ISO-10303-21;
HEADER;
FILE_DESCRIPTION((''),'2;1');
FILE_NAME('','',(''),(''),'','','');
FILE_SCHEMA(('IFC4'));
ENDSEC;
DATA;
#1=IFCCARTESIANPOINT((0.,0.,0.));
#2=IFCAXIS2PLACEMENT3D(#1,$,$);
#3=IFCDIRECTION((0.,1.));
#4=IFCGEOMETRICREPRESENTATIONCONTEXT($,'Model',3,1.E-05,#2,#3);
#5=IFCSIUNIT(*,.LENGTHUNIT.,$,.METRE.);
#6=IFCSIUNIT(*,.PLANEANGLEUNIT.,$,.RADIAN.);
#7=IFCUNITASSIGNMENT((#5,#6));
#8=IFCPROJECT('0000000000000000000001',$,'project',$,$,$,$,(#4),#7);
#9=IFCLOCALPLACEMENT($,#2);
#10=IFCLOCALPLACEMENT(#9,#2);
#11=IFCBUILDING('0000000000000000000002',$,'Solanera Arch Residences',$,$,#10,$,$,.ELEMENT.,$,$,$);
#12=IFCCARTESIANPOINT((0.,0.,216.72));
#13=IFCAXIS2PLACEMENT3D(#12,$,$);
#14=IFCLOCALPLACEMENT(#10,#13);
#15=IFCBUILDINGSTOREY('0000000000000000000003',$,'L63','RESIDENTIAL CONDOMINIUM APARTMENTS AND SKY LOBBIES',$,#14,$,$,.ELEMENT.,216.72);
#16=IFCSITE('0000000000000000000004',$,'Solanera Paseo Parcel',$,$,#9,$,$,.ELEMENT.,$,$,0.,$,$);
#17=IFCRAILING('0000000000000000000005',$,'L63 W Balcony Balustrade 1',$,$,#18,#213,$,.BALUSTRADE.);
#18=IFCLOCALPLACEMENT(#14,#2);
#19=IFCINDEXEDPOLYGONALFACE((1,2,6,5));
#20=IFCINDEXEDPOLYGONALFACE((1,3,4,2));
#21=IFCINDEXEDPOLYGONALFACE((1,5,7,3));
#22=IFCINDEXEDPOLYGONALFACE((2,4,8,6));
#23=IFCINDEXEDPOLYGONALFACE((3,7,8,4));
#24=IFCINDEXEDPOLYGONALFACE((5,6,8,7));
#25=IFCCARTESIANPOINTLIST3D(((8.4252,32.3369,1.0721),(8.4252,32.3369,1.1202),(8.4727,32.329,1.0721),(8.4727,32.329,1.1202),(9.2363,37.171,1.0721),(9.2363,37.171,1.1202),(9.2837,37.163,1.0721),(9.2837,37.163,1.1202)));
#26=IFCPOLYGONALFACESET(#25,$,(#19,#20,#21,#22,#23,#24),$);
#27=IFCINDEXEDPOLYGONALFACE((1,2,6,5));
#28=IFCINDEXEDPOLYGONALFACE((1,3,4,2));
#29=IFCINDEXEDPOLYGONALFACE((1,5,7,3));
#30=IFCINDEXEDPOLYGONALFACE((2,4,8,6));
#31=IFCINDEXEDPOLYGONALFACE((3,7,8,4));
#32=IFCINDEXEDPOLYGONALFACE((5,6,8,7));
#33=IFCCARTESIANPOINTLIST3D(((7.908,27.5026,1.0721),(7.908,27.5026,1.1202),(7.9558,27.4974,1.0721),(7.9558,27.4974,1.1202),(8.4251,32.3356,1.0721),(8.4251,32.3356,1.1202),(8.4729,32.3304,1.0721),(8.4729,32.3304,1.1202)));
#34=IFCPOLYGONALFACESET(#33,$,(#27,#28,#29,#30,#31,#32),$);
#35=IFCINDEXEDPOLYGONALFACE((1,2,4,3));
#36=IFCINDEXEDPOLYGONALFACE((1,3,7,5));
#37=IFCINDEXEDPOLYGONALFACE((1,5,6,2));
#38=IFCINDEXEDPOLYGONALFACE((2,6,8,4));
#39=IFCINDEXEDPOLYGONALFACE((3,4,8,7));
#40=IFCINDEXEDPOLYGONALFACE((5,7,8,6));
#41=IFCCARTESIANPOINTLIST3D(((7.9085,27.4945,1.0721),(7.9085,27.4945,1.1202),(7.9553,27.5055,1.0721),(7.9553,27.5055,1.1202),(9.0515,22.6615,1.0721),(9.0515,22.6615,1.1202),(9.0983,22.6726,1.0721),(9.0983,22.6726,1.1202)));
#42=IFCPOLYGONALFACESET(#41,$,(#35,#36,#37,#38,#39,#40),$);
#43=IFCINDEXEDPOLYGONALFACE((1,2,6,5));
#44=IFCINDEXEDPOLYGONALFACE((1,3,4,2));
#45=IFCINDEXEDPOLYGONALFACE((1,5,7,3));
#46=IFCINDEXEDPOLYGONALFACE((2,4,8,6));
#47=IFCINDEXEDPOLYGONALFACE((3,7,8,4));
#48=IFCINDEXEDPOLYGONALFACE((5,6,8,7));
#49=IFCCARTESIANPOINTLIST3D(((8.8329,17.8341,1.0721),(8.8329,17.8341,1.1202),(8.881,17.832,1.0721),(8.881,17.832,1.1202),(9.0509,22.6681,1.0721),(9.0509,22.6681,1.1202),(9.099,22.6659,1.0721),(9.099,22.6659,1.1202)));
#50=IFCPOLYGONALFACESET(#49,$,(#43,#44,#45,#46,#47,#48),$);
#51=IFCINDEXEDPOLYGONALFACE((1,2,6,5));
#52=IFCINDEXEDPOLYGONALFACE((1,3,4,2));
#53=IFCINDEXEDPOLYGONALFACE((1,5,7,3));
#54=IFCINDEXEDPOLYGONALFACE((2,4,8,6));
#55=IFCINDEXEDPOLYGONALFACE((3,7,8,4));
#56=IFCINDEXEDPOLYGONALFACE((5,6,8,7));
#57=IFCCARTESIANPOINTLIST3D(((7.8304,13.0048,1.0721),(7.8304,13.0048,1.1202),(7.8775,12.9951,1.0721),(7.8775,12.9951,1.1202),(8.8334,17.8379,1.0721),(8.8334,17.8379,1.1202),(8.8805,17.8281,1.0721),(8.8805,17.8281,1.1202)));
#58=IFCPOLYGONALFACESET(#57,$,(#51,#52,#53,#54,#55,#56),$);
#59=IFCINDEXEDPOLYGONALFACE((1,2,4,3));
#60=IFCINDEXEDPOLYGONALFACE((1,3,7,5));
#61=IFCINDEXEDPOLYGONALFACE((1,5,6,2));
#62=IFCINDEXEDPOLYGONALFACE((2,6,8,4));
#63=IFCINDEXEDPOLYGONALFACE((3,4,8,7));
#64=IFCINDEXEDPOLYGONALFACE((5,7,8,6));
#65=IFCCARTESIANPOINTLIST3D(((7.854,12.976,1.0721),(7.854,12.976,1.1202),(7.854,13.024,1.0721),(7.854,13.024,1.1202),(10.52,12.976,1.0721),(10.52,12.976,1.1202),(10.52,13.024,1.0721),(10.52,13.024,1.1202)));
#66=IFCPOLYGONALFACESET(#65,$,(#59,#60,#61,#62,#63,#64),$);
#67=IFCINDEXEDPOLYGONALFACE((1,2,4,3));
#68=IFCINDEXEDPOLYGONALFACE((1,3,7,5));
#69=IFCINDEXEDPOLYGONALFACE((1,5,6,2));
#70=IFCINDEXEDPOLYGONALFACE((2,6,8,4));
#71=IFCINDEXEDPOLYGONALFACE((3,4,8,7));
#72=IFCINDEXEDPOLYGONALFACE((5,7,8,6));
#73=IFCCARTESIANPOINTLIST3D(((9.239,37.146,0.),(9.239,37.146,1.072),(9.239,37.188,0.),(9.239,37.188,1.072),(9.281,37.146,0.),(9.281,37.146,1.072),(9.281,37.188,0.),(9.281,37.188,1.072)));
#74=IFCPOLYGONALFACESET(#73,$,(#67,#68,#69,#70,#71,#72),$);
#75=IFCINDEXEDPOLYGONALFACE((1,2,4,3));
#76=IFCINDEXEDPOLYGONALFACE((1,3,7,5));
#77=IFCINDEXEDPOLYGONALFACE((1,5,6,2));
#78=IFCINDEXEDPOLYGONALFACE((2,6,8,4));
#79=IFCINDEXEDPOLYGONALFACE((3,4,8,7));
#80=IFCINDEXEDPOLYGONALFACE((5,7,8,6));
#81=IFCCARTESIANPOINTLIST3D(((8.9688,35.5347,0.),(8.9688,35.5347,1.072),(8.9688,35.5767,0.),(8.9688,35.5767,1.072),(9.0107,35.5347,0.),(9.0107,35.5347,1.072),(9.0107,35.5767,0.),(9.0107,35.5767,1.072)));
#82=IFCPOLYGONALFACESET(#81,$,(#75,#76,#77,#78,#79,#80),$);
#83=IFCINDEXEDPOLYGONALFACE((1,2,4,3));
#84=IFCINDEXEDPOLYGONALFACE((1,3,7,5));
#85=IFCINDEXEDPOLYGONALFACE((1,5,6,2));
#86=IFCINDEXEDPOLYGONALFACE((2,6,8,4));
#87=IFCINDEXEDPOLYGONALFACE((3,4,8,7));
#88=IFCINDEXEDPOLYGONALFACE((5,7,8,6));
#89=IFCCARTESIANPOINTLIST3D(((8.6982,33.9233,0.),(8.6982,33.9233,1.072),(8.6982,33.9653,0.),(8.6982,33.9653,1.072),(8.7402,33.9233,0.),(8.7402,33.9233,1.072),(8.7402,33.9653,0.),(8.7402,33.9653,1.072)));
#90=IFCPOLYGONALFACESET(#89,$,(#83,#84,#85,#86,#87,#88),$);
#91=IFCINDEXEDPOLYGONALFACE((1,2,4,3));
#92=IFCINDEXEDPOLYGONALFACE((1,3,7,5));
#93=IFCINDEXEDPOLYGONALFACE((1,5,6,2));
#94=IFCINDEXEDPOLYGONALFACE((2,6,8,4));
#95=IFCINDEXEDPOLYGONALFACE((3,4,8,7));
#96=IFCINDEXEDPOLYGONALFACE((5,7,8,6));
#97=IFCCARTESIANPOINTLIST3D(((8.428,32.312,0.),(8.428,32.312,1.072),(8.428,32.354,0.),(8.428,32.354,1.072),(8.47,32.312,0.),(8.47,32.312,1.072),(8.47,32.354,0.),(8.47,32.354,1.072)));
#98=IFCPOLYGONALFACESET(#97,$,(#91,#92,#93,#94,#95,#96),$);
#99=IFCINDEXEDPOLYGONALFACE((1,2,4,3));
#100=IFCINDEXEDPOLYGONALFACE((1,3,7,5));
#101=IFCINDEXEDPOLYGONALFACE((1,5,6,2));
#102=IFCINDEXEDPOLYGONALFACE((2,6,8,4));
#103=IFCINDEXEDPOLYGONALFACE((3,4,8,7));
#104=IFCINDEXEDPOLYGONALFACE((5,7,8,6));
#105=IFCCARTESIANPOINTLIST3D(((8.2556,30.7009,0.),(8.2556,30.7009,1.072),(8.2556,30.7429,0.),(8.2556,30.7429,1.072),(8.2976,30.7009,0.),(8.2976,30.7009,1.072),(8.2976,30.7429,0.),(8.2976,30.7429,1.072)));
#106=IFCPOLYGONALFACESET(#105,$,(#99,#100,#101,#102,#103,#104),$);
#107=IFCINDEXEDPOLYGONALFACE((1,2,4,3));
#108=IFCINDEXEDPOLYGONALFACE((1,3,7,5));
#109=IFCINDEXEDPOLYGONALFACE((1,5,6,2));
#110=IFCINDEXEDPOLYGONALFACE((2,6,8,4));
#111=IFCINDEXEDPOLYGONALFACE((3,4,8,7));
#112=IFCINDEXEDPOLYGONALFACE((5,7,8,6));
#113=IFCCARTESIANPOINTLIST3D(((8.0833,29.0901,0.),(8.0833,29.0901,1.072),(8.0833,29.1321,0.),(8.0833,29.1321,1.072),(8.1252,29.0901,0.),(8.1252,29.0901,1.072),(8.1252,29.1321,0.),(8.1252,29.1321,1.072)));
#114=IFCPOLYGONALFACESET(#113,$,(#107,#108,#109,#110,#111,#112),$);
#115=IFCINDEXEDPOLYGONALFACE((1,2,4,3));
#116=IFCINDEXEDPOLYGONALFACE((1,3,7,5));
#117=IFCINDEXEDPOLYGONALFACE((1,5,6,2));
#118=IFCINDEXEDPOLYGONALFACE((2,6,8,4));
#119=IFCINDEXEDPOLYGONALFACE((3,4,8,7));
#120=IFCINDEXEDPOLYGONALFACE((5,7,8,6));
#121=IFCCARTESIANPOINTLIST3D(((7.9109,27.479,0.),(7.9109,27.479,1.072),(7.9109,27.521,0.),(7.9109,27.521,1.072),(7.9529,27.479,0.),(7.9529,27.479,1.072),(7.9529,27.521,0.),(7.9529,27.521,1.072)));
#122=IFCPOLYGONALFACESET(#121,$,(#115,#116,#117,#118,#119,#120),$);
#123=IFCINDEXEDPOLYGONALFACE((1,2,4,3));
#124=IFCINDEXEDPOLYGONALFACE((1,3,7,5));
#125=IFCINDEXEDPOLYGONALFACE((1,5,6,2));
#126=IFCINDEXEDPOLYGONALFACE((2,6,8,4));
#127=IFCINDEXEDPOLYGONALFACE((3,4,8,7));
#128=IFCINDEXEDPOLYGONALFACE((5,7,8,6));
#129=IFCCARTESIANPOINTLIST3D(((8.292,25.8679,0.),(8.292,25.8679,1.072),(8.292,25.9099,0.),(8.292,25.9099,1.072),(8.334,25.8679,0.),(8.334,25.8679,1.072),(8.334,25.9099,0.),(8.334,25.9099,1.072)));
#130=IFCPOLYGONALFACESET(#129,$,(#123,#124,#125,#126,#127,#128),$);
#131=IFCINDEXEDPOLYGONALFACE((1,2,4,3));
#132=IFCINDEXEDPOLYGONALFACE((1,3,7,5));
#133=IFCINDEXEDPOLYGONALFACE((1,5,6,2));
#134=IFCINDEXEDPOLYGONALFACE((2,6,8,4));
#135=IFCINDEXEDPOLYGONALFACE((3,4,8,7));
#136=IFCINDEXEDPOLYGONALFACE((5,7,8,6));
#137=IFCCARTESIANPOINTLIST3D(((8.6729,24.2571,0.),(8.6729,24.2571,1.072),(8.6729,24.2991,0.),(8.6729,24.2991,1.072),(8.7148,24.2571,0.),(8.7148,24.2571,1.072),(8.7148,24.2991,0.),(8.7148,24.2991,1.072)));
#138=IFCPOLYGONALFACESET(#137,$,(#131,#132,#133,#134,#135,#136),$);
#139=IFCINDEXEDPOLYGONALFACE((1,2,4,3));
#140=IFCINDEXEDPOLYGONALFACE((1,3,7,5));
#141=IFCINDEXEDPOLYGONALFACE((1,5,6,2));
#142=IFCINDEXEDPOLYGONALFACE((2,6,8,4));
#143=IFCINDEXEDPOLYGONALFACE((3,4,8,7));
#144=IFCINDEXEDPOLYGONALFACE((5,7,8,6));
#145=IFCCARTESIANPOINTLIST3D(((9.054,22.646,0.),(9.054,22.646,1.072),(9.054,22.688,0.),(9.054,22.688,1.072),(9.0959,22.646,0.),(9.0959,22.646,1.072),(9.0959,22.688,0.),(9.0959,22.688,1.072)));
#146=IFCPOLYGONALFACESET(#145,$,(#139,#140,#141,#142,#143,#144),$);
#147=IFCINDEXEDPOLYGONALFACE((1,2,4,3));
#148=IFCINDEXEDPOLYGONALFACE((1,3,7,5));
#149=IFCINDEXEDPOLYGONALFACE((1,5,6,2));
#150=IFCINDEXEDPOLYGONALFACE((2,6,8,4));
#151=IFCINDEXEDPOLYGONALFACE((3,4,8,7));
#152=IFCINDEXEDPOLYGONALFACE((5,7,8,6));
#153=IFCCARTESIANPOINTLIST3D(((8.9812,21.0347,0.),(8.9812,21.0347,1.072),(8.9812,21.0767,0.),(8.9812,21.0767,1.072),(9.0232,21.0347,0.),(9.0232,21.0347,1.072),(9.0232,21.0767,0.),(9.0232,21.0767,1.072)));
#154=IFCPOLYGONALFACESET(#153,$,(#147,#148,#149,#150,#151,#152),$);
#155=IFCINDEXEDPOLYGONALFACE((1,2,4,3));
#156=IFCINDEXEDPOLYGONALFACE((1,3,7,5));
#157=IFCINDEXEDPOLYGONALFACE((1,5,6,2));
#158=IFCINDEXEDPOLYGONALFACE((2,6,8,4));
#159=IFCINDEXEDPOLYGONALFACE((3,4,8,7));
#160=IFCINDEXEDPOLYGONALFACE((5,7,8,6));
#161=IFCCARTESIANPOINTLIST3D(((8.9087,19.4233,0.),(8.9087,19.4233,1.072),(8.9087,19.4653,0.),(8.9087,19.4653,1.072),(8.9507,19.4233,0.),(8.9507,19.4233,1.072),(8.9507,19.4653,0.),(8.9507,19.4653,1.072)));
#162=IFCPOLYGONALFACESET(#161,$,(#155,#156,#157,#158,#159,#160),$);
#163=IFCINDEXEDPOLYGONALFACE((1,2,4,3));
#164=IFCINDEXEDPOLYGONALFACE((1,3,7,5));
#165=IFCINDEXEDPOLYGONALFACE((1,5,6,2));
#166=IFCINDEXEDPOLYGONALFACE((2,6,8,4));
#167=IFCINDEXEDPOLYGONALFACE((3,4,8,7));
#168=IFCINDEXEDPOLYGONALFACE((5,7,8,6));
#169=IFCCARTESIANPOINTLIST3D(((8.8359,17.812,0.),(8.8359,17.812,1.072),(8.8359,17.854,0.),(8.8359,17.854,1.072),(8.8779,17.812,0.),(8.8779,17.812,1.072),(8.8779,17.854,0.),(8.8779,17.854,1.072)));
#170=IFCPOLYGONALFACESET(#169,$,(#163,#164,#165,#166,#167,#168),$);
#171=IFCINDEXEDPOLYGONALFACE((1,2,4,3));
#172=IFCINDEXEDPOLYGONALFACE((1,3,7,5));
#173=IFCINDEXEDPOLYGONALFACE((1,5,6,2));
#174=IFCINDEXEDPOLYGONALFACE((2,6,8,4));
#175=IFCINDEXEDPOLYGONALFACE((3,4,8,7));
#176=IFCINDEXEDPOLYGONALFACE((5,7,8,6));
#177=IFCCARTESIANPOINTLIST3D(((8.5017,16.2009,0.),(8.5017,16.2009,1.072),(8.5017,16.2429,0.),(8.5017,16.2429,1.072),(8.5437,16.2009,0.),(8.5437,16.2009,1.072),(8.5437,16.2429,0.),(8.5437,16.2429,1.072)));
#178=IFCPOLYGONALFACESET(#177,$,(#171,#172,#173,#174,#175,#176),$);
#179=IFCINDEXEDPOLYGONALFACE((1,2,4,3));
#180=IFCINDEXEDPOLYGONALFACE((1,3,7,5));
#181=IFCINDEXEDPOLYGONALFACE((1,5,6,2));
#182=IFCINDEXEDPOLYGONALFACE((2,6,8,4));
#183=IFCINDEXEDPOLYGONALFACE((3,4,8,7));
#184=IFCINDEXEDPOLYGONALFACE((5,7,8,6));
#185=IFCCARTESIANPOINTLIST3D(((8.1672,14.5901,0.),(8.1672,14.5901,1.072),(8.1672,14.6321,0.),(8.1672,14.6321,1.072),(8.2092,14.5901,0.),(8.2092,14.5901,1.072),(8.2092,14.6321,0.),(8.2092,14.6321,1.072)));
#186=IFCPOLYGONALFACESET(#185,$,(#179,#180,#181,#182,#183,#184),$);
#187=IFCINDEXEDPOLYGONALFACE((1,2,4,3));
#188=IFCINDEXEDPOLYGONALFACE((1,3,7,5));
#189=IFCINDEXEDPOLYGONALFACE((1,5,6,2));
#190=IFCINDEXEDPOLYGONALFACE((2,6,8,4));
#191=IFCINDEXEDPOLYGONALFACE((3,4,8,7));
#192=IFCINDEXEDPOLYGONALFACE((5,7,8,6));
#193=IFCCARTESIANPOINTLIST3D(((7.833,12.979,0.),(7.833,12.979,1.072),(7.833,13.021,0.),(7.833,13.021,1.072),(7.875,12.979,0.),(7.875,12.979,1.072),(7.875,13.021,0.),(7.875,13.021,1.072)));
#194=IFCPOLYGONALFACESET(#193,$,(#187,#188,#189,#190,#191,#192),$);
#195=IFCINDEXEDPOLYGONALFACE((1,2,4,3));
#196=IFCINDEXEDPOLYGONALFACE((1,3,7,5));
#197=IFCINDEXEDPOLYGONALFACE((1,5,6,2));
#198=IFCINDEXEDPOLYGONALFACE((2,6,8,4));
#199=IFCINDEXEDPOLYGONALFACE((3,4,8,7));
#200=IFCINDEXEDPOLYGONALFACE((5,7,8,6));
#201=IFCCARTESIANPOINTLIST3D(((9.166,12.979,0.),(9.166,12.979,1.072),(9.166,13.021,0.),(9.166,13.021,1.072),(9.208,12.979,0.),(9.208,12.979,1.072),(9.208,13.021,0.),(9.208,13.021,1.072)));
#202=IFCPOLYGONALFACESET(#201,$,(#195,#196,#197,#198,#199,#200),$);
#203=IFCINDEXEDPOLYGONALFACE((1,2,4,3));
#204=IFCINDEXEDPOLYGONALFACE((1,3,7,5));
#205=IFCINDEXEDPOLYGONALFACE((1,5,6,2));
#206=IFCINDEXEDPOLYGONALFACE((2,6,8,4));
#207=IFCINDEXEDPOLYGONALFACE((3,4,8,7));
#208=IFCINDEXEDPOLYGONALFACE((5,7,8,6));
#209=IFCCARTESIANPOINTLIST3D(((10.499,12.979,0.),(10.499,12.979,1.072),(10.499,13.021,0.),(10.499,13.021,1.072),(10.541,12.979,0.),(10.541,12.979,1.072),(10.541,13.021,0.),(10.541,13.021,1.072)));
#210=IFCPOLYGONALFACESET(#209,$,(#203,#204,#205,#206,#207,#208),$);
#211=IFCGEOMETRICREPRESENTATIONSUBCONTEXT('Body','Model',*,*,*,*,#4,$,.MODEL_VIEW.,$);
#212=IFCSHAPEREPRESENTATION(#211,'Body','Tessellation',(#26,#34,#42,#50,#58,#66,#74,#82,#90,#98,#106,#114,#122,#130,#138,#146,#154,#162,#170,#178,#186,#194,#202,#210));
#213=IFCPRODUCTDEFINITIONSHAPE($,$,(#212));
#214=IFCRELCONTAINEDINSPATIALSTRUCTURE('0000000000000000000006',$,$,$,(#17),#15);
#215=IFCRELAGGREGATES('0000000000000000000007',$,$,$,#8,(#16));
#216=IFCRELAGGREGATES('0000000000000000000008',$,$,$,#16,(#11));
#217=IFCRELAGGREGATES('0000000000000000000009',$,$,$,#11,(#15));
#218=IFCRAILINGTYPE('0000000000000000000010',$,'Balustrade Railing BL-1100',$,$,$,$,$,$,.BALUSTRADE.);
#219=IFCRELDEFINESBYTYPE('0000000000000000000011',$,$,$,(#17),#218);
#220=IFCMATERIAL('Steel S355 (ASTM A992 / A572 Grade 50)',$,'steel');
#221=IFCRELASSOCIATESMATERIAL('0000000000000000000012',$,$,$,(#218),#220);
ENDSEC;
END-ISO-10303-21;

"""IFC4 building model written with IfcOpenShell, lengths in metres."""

from ifc_helpers import new_model, si_unit, direction, frame, origin, origin_2d, place, context, subcontext, project, spatial, rectangle, extrude, material, type_object, element, save


model = new_model("IFC4")

# Units and contexts
model_context = context("Model", 3, precision=1e-05, world=origin(), true_north=direction((0.0, 1.0)))
body_context = subcontext(model_context, "Body", "Model", "MODEL_VIEW")
ifc_project = project(units=[si_unit("LENGTHUNIT", "METRE"), si_unit("PLANEANGLEUNIT", "RADIAN")], contexts=[model_context])

# Site, building, storey
site_placement = place(None, origin())
site = spatial("IfcSite", under=ifc_project, at=site_placement, Name="Solanera Paseo Parcel", CompositionType="ELEMENT", RefElevation=0.0)
building_placement = place(site_placement, origin())
building = spatial("IfcBuilding", under=site, at=building_placement, Name="Solanera Arch Residences", CompositionType="ELEMENT")
storey_placement = place(building_placement, frame((0.0, 0.0, 216.72)))
storey = spatial("IfcBuildingStorey", under=building, at=storey_placement, Name="L63", Description="RESIDENTIAL CONDOMINIUM APARTMENTS AND SKY LOBBIES", CompositionType="ELEMENT", Elevation=216.72)

# Railing
ifc_material_1 = material(Name="Steel S355 (ASTM A992 / A572 Grade 50)", Category="steel")
railing_type_1 = type_object("IfcRailingType", Name="Balustrade Railing BL-1100", PredefinedType="BALUSTRADE", material=ifc_material_1)
railing_1_placement = place(storey_placement, frame((9.26, 37.167, 0.0)))
element("IfcRailing", 1, at=railing_1_placement, inside=storey, type_object=railing_type_1, Name="L63 W Balcony Balustrade 1", PredefinedType="BALUSTRADE", context=body_context, shape_type="SweptSolid", body=[
    extrude(rectangle(XDim=0.0481, YDim=0.0481, at=origin_2d()), frame((0.0, 0.0, 1.0962), z_axis=(-0.165465, -0.986216, 0.0), x_axis=(0.986216, -0.165465, 0.0)), (0.0, 0.0, 1.0), 4.9016),
    extrude(rectangle(XDim=0.0481, YDim=0.0481, at=origin_2d()), frame((-0.811, -4.834, 1.0962), z_axis=(-0.106384, -0.994325, 0.0), x_axis=(0.994325, -0.106384, 0.0)), (0.0, 0.0, 1.0), 4.8606),
    extrude(rectangle(XDim=0.0481, YDim=0.0481, at=origin_2d()), frame((-1.3281, -9.667, 1.0962), z_axis=(0.230163, -0.973152, 0.0), x_axis=(0.973152, 0.230163, 0.0)), (0.0, 0.0, 1.0), 4.9663),
    extrude(rectangle(XDim=0.0481, YDim=0.0481, at=origin_2d()), frame((-0.1851, -14.5, 1.0962), z_axis=(-0.045055, -0.998984, 0.0), x_axis=(0.998984, -0.045055, 0.0)), (0.0, 0.0, 1.0), 4.8389),
    extrude(rectangle(XDim=0.0481, YDim=0.0481, at=origin_2d()), frame((-0.4031, -19.334, 1.0962), z_axis=(-0.203188, -0.97914, 0.0), x_axis=(0.97914, -0.203188, 0.0)), (0.0, 0.0, 1.0), 4.936),
    extrude(rectangle(XDim=0.0481, YDim=0.0481, at=origin_2d()), frame((-1.406, -24.167, 1.0962), z_axis=(1.0, 0.0, 0.0), x_axis=(0.0, 1.0, 0.0)), (0.0, 0.0, 1.0), 2.666),
    extrude(rectangle(XDim=0.042, YDim=0.042, at=origin_2d()), origin(), (0.0, 0.0, 1.0), 1.072),
    extrude(rectangle(XDim=0.042, YDim=0.042, at=origin_2d()), frame((-0.2703, -1.6113, 0.0)), (0.0, 0.0, 1.0), 1.072),
    extrude(rectangle(XDim=0.042, YDim=0.042, at=origin_2d()), frame((-0.5408, -3.2227, 0.0)), (0.0, 0.0, 1.0), 1.072),
    extrude(rectangle(XDim=0.042, YDim=0.042, at=origin_2d()), frame((-0.811, -4.834, 0.0)), (0.0, 0.0, 1.0), 1.072),
    extrude(rectangle(XDim=0.042, YDim=0.042, at=origin_2d()), frame((-0.9834, -6.4451, 0.0)), (0.0, 0.0, 1.0), 1.072),
    extrude(rectangle(XDim=0.042, YDim=0.042, at=origin_2d()), frame((-1.1558, -8.0559, 0.0)), (0.0, 0.0, 1.0), 1.072),
    extrude(rectangle(XDim=0.042, YDim=0.042, at=origin_2d()), frame((-1.3281, -9.667, 0.0)), (0.0, 0.0, 1.0), 1.072),
    extrude(rectangle(XDim=0.042, YDim=0.042, at=origin_2d()), frame((-0.947, -11.2781, 0.0)), (0.0, 0.0, 1.0), 1.072),
    extrude(rectangle(XDim=0.042, YDim=0.042, at=origin_2d()), frame((-0.5662, -12.8889, 0.0)), (0.0, 0.0, 1.0), 1.072),
    extrude(rectangle(XDim=0.042, YDim=0.042, at=origin_2d()), frame((-0.1851, -14.5, 0.0)), (0.0, 0.0, 1.0), 1.072),
    extrude(rectangle(XDim=0.042, YDim=0.042, at=origin_2d()), frame((-0.2578, -16.1113, 0.0)), (0.0, 0.0, 1.0), 1.072),
    extrude(rectangle(XDim=0.042, YDim=0.042, at=origin_2d()), frame((-0.3303, -17.7227, 0.0)), (0.0, 0.0, 1.0), 1.072),
    extrude(rectangle(XDim=0.042, YDim=0.042, at=origin_2d()), frame((-0.4031, -19.334, 0.0)), (0.0, 0.0, 1.0), 1.072),
    extrude(rectangle(XDim=0.042, YDim=0.042, at=origin_2d()), frame((-0.7373, -20.9451, 0.0)), (0.0, 0.0, 1.0), 1.072),
    extrude(rectangle(XDim=0.042, YDim=0.042, at=origin_2d()), frame((-1.0718, -22.5559, 0.0)), (0.0, 0.0, 1.0), 1.072),
    extrude(rectangle(XDim=0.042, YDim=0.042, at=origin_2d()), frame((-1.406, -24.167, 0.0)), (0.0, 0.0, 1.0), 1.072),
    extrude(rectangle(XDim=0.042, YDim=0.042, at=origin_2d()), frame((-0.073, -24.167, 0.0)), (0.0, 0.0, 1.0), 1.072),
    extrude(rectangle(XDim=0.042, YDim=0.042, at=origin_2d()), frame((1.26, -24.167, 0.0)), (0.0, 0.0, 1.0), 1.072),
])

save(model, "model.ifc")
